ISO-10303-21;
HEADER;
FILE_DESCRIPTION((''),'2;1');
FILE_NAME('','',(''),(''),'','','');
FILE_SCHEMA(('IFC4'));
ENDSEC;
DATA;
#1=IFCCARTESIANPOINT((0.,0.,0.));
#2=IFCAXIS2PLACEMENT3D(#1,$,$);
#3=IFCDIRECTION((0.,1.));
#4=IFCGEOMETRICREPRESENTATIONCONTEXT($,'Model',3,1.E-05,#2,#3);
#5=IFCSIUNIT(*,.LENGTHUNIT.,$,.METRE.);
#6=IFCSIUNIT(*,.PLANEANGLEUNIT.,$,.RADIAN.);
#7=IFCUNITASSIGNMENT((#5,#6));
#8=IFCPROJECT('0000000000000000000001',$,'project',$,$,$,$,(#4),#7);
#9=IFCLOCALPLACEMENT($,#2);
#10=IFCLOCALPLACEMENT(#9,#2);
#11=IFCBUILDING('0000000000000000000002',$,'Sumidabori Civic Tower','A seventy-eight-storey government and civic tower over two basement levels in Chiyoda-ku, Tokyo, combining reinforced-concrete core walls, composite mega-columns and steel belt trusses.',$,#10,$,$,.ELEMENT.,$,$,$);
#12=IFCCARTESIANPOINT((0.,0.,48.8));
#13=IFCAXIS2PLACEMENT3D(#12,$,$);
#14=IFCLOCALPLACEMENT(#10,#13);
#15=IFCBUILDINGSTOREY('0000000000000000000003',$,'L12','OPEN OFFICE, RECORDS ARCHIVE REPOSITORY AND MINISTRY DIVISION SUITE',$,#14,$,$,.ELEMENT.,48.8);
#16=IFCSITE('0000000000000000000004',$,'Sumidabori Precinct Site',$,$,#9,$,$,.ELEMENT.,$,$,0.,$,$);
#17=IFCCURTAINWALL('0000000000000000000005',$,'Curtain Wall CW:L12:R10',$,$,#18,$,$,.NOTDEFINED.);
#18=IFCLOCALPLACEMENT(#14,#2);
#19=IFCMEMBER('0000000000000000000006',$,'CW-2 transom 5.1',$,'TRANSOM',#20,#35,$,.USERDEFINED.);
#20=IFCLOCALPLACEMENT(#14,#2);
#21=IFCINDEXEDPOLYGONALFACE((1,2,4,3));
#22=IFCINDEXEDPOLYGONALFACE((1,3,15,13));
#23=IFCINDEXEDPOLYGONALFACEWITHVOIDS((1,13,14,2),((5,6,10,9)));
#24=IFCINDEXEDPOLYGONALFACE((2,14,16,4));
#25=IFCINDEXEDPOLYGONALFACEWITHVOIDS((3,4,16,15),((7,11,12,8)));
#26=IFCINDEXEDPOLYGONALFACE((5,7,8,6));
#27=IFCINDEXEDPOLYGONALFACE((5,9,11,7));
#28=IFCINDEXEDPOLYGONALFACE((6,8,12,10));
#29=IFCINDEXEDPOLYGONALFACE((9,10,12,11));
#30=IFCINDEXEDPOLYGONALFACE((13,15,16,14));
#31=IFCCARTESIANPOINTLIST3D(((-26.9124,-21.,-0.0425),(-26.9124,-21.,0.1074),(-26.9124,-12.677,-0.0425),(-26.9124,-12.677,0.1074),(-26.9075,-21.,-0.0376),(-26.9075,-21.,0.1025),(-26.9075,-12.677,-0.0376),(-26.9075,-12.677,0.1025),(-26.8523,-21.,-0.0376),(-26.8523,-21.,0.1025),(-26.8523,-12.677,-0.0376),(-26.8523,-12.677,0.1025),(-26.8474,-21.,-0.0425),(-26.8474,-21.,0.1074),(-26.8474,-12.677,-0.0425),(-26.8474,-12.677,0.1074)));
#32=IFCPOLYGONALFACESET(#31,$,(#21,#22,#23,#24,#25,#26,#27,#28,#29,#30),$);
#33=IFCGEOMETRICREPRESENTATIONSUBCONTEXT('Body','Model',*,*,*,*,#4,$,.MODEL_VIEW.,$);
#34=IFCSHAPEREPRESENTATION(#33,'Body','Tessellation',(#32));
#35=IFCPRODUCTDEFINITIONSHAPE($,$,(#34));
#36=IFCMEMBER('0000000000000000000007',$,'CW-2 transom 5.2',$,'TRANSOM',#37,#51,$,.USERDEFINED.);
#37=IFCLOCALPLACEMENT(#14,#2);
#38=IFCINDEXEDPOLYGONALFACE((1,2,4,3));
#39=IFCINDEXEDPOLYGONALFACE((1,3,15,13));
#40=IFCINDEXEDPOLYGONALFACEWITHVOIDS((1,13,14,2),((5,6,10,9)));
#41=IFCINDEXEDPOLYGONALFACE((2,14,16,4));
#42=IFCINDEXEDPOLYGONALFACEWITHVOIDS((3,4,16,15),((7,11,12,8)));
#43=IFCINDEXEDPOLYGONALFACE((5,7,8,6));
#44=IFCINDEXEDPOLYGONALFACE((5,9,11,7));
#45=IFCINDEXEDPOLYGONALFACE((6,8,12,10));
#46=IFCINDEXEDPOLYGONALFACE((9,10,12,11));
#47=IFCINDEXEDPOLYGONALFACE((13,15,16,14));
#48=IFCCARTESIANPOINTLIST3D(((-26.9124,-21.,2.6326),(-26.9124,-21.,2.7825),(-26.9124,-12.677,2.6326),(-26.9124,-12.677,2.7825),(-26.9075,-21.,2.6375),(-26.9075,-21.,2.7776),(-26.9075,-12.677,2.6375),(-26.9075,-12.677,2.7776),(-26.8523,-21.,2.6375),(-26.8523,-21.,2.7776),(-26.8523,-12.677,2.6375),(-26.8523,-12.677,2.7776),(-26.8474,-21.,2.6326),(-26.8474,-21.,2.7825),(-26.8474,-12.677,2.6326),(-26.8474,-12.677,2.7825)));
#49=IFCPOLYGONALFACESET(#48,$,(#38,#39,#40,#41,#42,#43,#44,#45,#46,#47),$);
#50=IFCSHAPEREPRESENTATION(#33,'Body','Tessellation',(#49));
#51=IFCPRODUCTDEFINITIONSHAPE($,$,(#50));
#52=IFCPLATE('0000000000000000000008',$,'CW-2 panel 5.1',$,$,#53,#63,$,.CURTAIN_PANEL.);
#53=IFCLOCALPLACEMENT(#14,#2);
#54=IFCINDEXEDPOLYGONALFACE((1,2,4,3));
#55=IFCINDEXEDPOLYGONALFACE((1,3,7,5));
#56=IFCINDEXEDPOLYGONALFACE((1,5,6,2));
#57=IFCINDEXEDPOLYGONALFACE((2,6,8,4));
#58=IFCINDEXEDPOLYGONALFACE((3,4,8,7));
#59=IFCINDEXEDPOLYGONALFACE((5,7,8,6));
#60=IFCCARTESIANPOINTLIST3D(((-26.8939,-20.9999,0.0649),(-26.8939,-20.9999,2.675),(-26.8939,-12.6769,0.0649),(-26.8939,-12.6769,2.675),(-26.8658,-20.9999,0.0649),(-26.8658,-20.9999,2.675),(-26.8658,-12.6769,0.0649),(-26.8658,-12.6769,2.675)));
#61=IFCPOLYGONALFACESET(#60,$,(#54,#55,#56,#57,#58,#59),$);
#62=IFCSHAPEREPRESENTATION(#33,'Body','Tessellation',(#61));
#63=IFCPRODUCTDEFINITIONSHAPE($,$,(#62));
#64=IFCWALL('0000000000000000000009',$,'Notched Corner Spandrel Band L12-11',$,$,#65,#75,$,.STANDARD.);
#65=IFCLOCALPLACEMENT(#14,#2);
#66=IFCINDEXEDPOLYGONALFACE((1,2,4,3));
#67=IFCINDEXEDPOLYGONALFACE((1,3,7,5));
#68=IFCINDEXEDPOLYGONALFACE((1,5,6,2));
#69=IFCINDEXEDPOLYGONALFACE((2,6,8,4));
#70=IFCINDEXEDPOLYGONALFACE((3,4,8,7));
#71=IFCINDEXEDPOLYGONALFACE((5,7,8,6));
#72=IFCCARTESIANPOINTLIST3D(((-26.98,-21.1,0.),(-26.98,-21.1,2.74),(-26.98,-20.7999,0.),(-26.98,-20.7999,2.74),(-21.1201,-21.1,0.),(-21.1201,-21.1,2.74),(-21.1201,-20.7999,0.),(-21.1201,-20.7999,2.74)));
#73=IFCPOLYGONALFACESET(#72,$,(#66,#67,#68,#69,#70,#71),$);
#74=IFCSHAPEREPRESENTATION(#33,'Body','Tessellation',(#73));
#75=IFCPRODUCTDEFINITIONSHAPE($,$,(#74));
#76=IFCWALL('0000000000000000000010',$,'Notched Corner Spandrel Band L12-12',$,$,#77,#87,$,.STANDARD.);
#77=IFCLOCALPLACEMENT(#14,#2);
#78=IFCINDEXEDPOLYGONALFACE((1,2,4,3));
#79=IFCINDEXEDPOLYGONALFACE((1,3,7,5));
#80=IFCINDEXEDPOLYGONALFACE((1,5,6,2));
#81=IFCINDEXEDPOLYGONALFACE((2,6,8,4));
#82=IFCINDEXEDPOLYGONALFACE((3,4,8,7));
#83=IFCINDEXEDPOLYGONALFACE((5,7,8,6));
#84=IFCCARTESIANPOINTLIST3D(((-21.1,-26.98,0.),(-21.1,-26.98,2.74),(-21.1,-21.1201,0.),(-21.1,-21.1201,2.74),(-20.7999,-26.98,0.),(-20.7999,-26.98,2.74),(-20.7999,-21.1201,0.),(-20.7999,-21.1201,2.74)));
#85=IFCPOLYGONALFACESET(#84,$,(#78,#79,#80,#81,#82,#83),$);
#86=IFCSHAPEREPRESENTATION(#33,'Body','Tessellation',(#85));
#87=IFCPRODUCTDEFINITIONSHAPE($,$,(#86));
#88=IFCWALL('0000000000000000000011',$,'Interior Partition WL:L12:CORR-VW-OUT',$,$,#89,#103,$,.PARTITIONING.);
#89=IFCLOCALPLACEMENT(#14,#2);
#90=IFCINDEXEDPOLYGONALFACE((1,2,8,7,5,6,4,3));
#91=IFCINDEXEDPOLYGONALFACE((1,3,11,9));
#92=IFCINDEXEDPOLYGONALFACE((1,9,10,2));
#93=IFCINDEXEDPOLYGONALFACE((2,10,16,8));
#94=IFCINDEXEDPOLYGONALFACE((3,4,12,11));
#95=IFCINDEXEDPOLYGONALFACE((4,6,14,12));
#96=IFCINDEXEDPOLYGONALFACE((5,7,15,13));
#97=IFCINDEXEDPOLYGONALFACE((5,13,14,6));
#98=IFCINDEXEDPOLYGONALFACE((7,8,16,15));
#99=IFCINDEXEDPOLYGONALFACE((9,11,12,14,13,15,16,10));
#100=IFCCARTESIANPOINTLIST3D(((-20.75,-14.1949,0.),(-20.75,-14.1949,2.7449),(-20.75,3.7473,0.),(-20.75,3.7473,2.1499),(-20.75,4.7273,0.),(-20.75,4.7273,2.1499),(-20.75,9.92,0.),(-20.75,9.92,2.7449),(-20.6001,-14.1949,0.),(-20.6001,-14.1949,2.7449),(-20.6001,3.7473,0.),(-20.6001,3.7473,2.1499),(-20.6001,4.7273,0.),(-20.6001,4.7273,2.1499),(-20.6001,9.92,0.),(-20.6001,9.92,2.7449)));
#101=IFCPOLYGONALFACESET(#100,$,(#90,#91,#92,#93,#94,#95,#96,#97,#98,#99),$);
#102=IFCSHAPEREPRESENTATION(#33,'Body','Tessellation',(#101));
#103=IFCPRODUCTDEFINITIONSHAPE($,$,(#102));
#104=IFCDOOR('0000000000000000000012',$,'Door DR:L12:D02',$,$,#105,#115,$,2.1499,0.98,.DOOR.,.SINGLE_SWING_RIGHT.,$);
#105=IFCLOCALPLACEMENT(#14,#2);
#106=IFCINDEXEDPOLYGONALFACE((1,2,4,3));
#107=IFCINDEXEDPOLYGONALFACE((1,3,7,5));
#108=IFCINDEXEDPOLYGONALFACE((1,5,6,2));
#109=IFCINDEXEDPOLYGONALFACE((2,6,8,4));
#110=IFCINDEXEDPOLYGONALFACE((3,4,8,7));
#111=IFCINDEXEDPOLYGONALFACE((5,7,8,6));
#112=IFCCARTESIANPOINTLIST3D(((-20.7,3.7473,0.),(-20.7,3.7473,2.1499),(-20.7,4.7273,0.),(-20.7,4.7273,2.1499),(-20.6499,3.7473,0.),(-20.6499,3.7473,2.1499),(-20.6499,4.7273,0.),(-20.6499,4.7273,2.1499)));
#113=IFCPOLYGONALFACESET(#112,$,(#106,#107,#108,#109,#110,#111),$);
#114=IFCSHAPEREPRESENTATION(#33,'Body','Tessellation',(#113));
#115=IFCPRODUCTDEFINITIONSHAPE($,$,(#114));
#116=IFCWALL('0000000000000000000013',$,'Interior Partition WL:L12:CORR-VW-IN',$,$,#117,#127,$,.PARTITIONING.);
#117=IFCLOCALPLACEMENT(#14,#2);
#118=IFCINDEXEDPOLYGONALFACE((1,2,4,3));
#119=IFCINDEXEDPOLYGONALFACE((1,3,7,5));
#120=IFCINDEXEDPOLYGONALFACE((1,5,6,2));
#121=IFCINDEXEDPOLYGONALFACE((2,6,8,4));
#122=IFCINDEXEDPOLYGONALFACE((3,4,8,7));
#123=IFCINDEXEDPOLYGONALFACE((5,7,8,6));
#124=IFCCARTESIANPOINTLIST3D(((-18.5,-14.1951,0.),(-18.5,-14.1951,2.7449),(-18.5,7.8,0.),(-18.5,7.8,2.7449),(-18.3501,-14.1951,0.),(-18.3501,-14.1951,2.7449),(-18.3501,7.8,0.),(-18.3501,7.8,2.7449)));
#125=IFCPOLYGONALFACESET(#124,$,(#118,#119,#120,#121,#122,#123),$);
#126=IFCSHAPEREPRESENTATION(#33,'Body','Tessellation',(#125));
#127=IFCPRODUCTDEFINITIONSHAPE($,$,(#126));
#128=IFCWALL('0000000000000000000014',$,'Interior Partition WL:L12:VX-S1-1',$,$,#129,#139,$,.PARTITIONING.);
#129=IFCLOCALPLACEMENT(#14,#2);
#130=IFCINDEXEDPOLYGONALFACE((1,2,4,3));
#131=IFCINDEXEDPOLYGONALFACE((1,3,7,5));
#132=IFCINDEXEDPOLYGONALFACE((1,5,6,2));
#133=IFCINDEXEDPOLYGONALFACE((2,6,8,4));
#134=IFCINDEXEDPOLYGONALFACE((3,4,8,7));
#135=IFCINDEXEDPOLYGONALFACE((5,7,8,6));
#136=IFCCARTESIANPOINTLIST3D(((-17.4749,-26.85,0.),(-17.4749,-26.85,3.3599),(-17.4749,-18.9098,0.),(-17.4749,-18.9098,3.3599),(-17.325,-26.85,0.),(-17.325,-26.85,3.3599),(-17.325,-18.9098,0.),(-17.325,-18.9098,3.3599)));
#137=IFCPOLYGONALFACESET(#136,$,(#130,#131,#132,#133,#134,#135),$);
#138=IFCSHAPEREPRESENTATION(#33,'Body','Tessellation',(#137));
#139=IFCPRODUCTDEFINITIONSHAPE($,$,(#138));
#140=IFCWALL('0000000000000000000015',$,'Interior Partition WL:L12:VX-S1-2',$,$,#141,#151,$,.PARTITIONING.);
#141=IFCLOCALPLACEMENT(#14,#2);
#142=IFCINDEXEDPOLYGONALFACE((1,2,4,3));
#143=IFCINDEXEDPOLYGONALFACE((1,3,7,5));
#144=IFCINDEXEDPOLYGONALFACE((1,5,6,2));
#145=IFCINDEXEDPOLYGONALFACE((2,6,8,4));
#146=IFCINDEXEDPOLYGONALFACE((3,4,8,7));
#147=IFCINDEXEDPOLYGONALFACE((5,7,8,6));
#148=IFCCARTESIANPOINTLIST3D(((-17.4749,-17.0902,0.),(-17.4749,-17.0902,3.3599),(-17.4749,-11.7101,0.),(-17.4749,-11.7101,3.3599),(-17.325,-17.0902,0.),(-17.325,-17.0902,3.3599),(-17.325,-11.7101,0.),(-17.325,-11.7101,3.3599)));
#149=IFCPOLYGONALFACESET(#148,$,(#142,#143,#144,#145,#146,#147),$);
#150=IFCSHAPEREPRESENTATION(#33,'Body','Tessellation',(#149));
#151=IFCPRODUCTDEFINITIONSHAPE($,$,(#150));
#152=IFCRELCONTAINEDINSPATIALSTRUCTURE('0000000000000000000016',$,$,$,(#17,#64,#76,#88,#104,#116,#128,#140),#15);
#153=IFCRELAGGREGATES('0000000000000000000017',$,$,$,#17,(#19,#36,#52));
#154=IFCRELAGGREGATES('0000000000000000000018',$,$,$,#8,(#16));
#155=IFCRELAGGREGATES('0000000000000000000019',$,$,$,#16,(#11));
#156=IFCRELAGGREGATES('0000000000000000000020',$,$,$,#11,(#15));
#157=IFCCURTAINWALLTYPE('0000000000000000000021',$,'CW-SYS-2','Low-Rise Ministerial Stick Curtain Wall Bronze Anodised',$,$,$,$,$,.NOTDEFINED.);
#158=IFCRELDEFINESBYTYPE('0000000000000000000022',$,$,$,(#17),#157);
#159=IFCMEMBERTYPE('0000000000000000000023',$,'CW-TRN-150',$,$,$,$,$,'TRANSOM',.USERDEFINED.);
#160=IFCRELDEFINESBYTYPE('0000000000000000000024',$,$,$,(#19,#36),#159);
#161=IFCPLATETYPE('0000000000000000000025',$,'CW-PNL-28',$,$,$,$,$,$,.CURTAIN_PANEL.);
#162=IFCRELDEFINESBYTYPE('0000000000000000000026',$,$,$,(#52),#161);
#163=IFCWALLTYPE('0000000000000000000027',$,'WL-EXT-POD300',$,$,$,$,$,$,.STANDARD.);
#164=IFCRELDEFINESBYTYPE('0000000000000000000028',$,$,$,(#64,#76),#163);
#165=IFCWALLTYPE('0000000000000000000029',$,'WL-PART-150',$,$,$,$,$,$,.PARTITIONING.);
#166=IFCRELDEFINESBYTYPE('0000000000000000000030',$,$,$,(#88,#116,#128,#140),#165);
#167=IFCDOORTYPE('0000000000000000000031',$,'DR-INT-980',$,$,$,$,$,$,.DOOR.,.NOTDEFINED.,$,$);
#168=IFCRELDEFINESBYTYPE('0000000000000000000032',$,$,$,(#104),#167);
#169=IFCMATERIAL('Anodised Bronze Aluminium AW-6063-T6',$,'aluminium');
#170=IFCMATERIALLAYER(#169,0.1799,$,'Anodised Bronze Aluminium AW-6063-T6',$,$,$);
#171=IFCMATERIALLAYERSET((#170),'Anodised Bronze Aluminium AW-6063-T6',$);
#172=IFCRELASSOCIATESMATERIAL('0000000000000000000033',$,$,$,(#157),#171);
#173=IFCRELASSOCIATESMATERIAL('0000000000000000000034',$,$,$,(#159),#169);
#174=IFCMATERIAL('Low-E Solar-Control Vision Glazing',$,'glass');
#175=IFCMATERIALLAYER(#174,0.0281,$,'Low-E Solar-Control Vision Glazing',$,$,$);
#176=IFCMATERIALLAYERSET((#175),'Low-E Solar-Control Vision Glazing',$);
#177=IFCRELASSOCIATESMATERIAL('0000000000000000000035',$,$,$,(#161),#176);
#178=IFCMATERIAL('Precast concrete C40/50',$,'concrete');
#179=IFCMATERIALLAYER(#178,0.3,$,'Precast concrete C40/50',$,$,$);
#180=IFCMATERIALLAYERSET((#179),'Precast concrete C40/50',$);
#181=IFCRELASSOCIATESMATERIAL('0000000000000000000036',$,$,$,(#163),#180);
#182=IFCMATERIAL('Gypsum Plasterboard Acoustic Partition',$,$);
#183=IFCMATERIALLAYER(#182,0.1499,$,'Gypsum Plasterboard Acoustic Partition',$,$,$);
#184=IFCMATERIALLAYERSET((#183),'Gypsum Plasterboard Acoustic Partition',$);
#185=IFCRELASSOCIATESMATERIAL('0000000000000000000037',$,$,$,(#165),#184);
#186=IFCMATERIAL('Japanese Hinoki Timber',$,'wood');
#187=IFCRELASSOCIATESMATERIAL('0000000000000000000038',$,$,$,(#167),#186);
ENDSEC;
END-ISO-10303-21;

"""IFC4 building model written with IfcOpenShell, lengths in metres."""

from ifc_helpers import new_model, si_unit, direction, frame, frame_2d, origin, origin_2d, place, context, subcontext, project, spatial, rectangle, hollow_rectangle, extrude, source, transform, mapped, material, layer, layer_set, material_profile, profile_set, type_object, element, fill, aggregate, save


model = new_model("IFC4")

# Units and contexts
model_context = context("Model", 3, precision=1e-05, world=origin(), true_north=direction((0.0, 1.0)))
body_context = subcontext(model_context, "Body", "Model", "MODEL_VIEW")
ifc_project = project(units=[si_unit("LENGTHUNIT", "METRE"), si_unit("PLANEANGLEUNIT", "RADIAN")], contexts=[model_context])

# Site, building, storey
site_placement = place(None, origin())
site = spatial("IfcSite", under=ifc_project, at=site_placement, Name="Sumidabori Precinct Site", CompositionType="ELEMENT", RefElevation=0.0)
building_placement = place(site_placement, origin())
building = spatial("IfcBuilding", under=site, at=building_placement, Name="Sumidabori Civic Tower", Description="A seventy-eight-storey government and civic tower over two basement levels in Chiyoda-ku, Tokyo, combining reinforced-concrete core walls, composite mega-columns and steel belt trusses.", CompositionType="ELEMENT")
storey_placement = place(building_placement, frame((0.0, 0.0, 48.8)))
storey = spatial("IfcBuildingStorey", under=building, at=storey_placement, Name="L12", Description="OPEN OFFICE, RECORDS ARCHIVE REPOSITORY AND MINISTRY DIVISION SUITE", CompositionType="ELEMENT", Elevation=48.8)

# Shared definitions
ifc_material_1 = material(Name="Anodised Bronze Aluminium AW-6063-T6", Category="aluminium")
ifc_layer_1 = layer(ifc_material_1, 0.1799, Name="Anodised Bronze Aluminium AW-6063-T6")
ifc_layer_set_1 = layer_set([ifc_layer_1], Name="Anodised Bronze Aluminium AW-6063-T6")
curtain_wall_type = type_object("IfcCurtainWallType", Name="CW-SYS-2", Description="Low-Rise Ministerial Stick Curtain Wall Bronze Anodised", PredefinedType="NOTDEFINED", material=ifc_layer_set_1)

# Curtain wall
curtain_wall_1_placement = place(storey_placement, origin())
curtain_wall_1 = element("IfcCurtainWall", 1, at=curtain_wall_1_placement, inside=storey, type_object=curtain_wall_type, Name="Curtain Wall CW:L12:R10", PredefinedType="NOTDEFINED")

# Members
ifc_material_profile_1 = material_profile(ifc_material_1, hollow_rectangle(XDim=0.0649, YDim=0.1499, WallThickness=0.0049, at=origin_2d()), Name="ALU TRANSOM 150x65")
ifc_profile_set_1 = profile_set([ifc_material_profile_1], Name="Anodised Bronze Aluminium AW-6063-T6")
member_type_1 = type_object("IfcMemberType", Name="CW-TRN-150", ElementType="TRANSOM", PredefinedType="USERDEFINED", material=ifc_profile_set_1)
shared_shape_1 = source(origin(), body_context, "Body", "SweptSolid", [
    extrude(hollow_rectangle(XDim=0.0649, YDim=0.1499, WallThickness=0.0049, at=origin_2d()), origin(), (0.0, 0.0, 1.0), 8.323),
])
member_1_placement = place(storey_placement, frame((-26.8799, -12.677, 0.0325), z_axis=(0.0, -1.0, 0.0), x_axis=(1.0, 0.0, 0.0)))
member_1 = element("IfcMember", 2, at=member_1_placement, type_object=member_type_1, Name="CW-2 transom 5.1", ObjectType="TRANSOM", PredefinedType="USERDEFINED", context=body_context, shape_type="MappedRepresentation", body=[
    mapped(shared_shape_1, transform((0.0, 0.0, 0.0), x_axis=(1.0, 0.0, 0.0), y_axis=(0.0, 1.0, 0.0), z_axis=(0.0, 0.0, 1.0), scale=1.0)),
])
member_2_placement = place(storey_placement, frame((-26.8799, -12.677, 2.7075), z_axis=(0.0, -1.0, 0.0), x_axis=(1.0, 0.0, 0.0)))
member_2 = element("IfcMember", 3, at=member_2_placement, type_object=member_type_1, Name="CW-2 transom 5.2", ObjectType="TRANSOM", PredefinedType="USERDEFINED", context=body_context, shape_type="MappedRepresentation", body=[
    mapped(shared_shape_1, transform((0.0, 0.0, 0.0), x_axis=(1.0, 0.0, 0.0), y_axis=(0.0, 1.0, 0.0), z_axis=(0.0, 0.0, 1.0), scale=1.0)),
])

# Plate
ifc_material_2 = material(Name="Low-E Solar-Control Vision Glazing", Category="glass")
ifc_layer_2 = layer(ifc_material_2, 0.0281, Name="Low-E Solar-Control Vision Glazing")
ifc_layer_set_2 = layer_set([ifc_layer_2], Name="Low-E Solar-Control Vision Glazing")
plate_type = type_object("IfcPlateType", Name="CW-PNL-28", PredefinedType="CURTAIN_PANEL", material=ifc_layer_set_2)
shared_shape_2 = source(origin(), body_context, "Body", "SweptSolid", [
    extrude(rectangle(XDim=8.323, YDim=0.0281, at=origin_2d()), origin(), (0.0, 0.0, 1.0), 2.6101),
])
plate_placement = place(storey_placement, frame((-26.8799, -16.8384, 0.0649), z_axis=(0.0, 0.0, 1.0), x_axis=(0.0, -1.0, 0.0)))
plate = element("IfcPlate", 4, at=plate_placement, type_object=plate_type, Name="CW-2 panel 5.1", PredefinedType="CURTAIN_PANEL", context=body_context, shape_type="MappedRepresentation", body=[
    mapped(shared_shape_2, transform((0.0, 0.0, 0.0), x_axis=(1.0, 0.0, 0.0), y_axis=(0.0, 1.0, 0.0), z_axis=(0.0, 0.0, 1.0), scale=1.0)),
])
aggregate(curtain_wall_1, [member_1, member_2, plate])

# Walls
ifc_material_3 = material(Name="Precast concrete C40/50", Category="concrete")
ifc_layer_3 = layer(ifc_material_3, 0.3, Name="Precast concrete C40/50")
ifc_layer_set_3 = layer_set([ifc_layer_3], Name="Precast concrete C40/50")
wall_type_1 = type_object("IfcWallType", Name="WL-EXT-POD300", PredefinedType="STANDARD", material=ifc_layer_set_3)
shared_shape_3 = source(origin(), body_context, "Body", "SweptSolid", [
    extrude(rectangle(XDim=5.8599, YDim=0.3, at=frame_2d((2.9299, 0.0))), origin(), (0.0, 0.0, 1.0), 2.74),
])
for number, where, z_axis, x_axis, name in (
    (5, (-26.98, -20.95, 0.0), (0.0, 0.0, 1.0), (1.0, 0.0, 0.0), "Notched Corner Spandrel Band L12-11"),
    (6, (-20.95, -21.1201, 0.0), (0.0, 0.0, 1.0), (0.0, -1.0, 0.0), "Notched Corner Spandrel Band L12-12"),
):
    element("IfcWall", number, at=place(storey_placement, frame(where, z_axis=z_axis, x_axis=x_axis)), inside=storey, type_object=wall_type_1, Name=name, PredefinedType="STANDARD", context=body_context, shape_type="MappedRepresentation", body=[
        mapped(shared_shape_3, transform((0.0, 0.0, 0.0), x_axis=(1.0, 0.0, 0.0), y_axis=(0.0, 1.0, 0.0), z_axis=(0.0, 0.0, 1.0), scale=1.0)),
    ])

# Wall, opening, door
ifc_material_4 = material(Name="Gypsum Plasterboard Acoustic Partition")
ifc_layer_4 = layer(ifc_material_4, 0.1499, Name="Gypsum Plasterboard Acoustic Partition")
ifc_layer_set_4 = layer_set([ifc_layer_4], Name="Gypsum Plasterboard Acoustic Partition")
wall_type_2 = type_object("IfcWallType", Name="WL-PART-150", PredefinedType="PARTITIONING", material=ifc_layer_set_4)
ifc_material_5 = material(Name="Japanese Hinoki Timber", Category="wood")
door_type = type_object("IfcDoorType", Name="DR-INT-980", OperationType="NOTDEFINED", PredefinedType="DOOR", material=ifc_material_5)
shared_shape_4 = source(origin(), body_context, "Body", "SweptSolid", [
    extrude(rectangle(XDim=0.98, YDim=2.1499, at=frame_2d((0.49, 1.075))), frame((0.0, 0.0249, 0.0), z_axis=(0.0, -1.0, 0.0), x_axis=(1.0, 0.0, 0.0)), (0.0, 0.0, 1.0), 0.05),
])
shared_shape_5 = source(origin(), body_context, "Body", "SweptSolid", [
    extrude(rectangle(XDim=24.115, YDim=0.1499, at=frame_2d((12.0576, 0.0))), origin(), (0.0, 0.0, 1.0), 2.7449),
])
wall_1_placement = place(storey_placement, frame((-20.675, -14.1951, 0.0), z_axis=(0.0, 0.0, 1.0), x_axis=(0.0, 1.0, 0.0)))
wall_1 = element("IfcWall", 7, at=wall_1_placement, inside=storey, type_object=wall_type_2, Name="Interior Partition WL:L12:CORR-VW-OUT", PredefinedType="PARTITIONING", context=body_context, shape_type="MappedRepresentation", body=[
    mapped(shared_shape_5, transform((0.0, 0.0, 0.0), x_axis=(1.0, 0.0, 0.0), y_axis=(0.0, 1.0, 0.0), z_axis=(0.0, 0.0, 1.0), scale=1.0)),
])
opening_1_placement = place(wall_1_placement, frame((17.9424, 0.0, 0.0)))
opening_1 = element("IfcOpeningElement", 8, at=opening_1_placement, cuts=wall_1, PredefinedType="OPENING", context=body_context, shape_type="SweptSolid", body=[
    extrude(rectangle(XDim=0.98, YDim=2.1499, at=frame_2d((0.49, 1.075))), frame((0.0, 0.0869, 0.0), z_axis=(0.0, -1.0, 0.0), x_axis=(1.0, 0.0, 0.0)), (0.0, 0.0, 1.0), 0.1738),
])
door_1_placement = place(opening_1_placement, origin())
door_1 = element("IfcDoor", 9, at=door_1_placement, inside=storey, type_object=door_type, Name="Door DR:L12:D02", OperationType="SINGLE_SWING_RIGHT", OverallHeight=2.1499, OverallWidth=0.98, PredefinedType="DOOR", context=body_context, shape_type="MappedRepresentation", body=[
    mapped(shared_shape_4, transform((0.0, 0.0, 0.0), x_axis=(1.0, 0.0, 0.0), y_axis=(0.0, 1.0, 0.0), z_axis=(0.0, 0.0, 1.0), scale=1.0)),
])
fill(opening_1, door_1)

# Walls
shared_shape_6 = source(origin(), body_context, "Body", "SweptSolid", [
    extrude(rectangle(XDim=21.9951, YDim=0.1499, at=frame_2d((10.9976, 0.0))), origin(), (0.0, 0.0, 1.0), 2.7449),
])
wall_2_placement = place(storey_placement, frame((-18.425, -14.1951, 0.0), z_axis=(0.0, 0.0, 1.0), x_axis=(0.0, 1.0, 0.0)))
element("IfcWall", 10, at=wall_2_placement, inside=storey, type_object=wall_type_2, Name="Interior Partition WL:L12:CORR-VW-IN", PredefinedType="PARTITIONING", context=body_context, shape_type="MappedRepresentation", body=[
    mapped(shared_shape_6, transform((0.0, 0.0, 0.0), x_axis=(1.0, 0.0, 0.0), y_axis=(0.0, 1.0, 0.0), z_axis=(0.0, 0.0, 1.0), scale=1.0)),
])
shared_shape_7 = source(origin(), body_context, "Body", "SweptSolid", [
    extrude(rectangle(XDim=7.9402, YDim=0.1499, at=frame_2d((3.9702, 0.0))), origin(), (0.0, 0.0, 1.0), 3.3599),
])
wall_3_placement = place(storey_placement, frame((-17.3999, -26.8501, 0.0), z_axis=(0.0, 0.0, 1.0), x_axis=(0.0, 1.0, 0.0)))
element("IfcWall", 11, at=wall_3_placement, inside=storey, type_object=wall_type_2, Name="Interior Partition WL:L12:VX-S1-1", PredefinedType="PARTITIONING", context=body_context, shape_type="MappedRepresentation", body=[
    mapped(shared_shape_7, transform((0.0, 0.0, 0.0), x_axis=(1.0, 0.0, 0.0), y_axis=(0.0, 1.0, 0.0), z_axis=(0.0, 0.0, 1.0), scale=1.0)),
])
shared_shape_8 = source(origin(), body_context, "Body", "SweptSolid", [
    extrude(rectangle(XDim=5.3801, YDim=0.1499, at=frame_2d((2.6899, 0.0))), origin(), (0.0, 0.0, 1.0), 3.3599),
])
wall_4_placement = place(storey_placement, frame((-17.3999, -17.0901, 0.0), z_axis=(0.0, 0.0, 1.0), x_axis=(0.0, 1.0, 0.0)))
element("IfcWall", 12, at=wall_4_placement, inside=storey, type_object=wall_type_2, Name="Interior Partition WL:L12:VX-S1-2", PredefinedType="PARTITIONING", context=body_context, shape_type="MappedRepresentation", body=[
    mapped(shared_shape_8, transform((0.0, 0.0, 0.0), x_axis=(1.0, 0.0, 0.0), y_axis=(0.0, 1.0, 0.0), z_axis=(0.0, 0.0, 1.0), scale=1.0)),
])

save(model, "model.ifc")
